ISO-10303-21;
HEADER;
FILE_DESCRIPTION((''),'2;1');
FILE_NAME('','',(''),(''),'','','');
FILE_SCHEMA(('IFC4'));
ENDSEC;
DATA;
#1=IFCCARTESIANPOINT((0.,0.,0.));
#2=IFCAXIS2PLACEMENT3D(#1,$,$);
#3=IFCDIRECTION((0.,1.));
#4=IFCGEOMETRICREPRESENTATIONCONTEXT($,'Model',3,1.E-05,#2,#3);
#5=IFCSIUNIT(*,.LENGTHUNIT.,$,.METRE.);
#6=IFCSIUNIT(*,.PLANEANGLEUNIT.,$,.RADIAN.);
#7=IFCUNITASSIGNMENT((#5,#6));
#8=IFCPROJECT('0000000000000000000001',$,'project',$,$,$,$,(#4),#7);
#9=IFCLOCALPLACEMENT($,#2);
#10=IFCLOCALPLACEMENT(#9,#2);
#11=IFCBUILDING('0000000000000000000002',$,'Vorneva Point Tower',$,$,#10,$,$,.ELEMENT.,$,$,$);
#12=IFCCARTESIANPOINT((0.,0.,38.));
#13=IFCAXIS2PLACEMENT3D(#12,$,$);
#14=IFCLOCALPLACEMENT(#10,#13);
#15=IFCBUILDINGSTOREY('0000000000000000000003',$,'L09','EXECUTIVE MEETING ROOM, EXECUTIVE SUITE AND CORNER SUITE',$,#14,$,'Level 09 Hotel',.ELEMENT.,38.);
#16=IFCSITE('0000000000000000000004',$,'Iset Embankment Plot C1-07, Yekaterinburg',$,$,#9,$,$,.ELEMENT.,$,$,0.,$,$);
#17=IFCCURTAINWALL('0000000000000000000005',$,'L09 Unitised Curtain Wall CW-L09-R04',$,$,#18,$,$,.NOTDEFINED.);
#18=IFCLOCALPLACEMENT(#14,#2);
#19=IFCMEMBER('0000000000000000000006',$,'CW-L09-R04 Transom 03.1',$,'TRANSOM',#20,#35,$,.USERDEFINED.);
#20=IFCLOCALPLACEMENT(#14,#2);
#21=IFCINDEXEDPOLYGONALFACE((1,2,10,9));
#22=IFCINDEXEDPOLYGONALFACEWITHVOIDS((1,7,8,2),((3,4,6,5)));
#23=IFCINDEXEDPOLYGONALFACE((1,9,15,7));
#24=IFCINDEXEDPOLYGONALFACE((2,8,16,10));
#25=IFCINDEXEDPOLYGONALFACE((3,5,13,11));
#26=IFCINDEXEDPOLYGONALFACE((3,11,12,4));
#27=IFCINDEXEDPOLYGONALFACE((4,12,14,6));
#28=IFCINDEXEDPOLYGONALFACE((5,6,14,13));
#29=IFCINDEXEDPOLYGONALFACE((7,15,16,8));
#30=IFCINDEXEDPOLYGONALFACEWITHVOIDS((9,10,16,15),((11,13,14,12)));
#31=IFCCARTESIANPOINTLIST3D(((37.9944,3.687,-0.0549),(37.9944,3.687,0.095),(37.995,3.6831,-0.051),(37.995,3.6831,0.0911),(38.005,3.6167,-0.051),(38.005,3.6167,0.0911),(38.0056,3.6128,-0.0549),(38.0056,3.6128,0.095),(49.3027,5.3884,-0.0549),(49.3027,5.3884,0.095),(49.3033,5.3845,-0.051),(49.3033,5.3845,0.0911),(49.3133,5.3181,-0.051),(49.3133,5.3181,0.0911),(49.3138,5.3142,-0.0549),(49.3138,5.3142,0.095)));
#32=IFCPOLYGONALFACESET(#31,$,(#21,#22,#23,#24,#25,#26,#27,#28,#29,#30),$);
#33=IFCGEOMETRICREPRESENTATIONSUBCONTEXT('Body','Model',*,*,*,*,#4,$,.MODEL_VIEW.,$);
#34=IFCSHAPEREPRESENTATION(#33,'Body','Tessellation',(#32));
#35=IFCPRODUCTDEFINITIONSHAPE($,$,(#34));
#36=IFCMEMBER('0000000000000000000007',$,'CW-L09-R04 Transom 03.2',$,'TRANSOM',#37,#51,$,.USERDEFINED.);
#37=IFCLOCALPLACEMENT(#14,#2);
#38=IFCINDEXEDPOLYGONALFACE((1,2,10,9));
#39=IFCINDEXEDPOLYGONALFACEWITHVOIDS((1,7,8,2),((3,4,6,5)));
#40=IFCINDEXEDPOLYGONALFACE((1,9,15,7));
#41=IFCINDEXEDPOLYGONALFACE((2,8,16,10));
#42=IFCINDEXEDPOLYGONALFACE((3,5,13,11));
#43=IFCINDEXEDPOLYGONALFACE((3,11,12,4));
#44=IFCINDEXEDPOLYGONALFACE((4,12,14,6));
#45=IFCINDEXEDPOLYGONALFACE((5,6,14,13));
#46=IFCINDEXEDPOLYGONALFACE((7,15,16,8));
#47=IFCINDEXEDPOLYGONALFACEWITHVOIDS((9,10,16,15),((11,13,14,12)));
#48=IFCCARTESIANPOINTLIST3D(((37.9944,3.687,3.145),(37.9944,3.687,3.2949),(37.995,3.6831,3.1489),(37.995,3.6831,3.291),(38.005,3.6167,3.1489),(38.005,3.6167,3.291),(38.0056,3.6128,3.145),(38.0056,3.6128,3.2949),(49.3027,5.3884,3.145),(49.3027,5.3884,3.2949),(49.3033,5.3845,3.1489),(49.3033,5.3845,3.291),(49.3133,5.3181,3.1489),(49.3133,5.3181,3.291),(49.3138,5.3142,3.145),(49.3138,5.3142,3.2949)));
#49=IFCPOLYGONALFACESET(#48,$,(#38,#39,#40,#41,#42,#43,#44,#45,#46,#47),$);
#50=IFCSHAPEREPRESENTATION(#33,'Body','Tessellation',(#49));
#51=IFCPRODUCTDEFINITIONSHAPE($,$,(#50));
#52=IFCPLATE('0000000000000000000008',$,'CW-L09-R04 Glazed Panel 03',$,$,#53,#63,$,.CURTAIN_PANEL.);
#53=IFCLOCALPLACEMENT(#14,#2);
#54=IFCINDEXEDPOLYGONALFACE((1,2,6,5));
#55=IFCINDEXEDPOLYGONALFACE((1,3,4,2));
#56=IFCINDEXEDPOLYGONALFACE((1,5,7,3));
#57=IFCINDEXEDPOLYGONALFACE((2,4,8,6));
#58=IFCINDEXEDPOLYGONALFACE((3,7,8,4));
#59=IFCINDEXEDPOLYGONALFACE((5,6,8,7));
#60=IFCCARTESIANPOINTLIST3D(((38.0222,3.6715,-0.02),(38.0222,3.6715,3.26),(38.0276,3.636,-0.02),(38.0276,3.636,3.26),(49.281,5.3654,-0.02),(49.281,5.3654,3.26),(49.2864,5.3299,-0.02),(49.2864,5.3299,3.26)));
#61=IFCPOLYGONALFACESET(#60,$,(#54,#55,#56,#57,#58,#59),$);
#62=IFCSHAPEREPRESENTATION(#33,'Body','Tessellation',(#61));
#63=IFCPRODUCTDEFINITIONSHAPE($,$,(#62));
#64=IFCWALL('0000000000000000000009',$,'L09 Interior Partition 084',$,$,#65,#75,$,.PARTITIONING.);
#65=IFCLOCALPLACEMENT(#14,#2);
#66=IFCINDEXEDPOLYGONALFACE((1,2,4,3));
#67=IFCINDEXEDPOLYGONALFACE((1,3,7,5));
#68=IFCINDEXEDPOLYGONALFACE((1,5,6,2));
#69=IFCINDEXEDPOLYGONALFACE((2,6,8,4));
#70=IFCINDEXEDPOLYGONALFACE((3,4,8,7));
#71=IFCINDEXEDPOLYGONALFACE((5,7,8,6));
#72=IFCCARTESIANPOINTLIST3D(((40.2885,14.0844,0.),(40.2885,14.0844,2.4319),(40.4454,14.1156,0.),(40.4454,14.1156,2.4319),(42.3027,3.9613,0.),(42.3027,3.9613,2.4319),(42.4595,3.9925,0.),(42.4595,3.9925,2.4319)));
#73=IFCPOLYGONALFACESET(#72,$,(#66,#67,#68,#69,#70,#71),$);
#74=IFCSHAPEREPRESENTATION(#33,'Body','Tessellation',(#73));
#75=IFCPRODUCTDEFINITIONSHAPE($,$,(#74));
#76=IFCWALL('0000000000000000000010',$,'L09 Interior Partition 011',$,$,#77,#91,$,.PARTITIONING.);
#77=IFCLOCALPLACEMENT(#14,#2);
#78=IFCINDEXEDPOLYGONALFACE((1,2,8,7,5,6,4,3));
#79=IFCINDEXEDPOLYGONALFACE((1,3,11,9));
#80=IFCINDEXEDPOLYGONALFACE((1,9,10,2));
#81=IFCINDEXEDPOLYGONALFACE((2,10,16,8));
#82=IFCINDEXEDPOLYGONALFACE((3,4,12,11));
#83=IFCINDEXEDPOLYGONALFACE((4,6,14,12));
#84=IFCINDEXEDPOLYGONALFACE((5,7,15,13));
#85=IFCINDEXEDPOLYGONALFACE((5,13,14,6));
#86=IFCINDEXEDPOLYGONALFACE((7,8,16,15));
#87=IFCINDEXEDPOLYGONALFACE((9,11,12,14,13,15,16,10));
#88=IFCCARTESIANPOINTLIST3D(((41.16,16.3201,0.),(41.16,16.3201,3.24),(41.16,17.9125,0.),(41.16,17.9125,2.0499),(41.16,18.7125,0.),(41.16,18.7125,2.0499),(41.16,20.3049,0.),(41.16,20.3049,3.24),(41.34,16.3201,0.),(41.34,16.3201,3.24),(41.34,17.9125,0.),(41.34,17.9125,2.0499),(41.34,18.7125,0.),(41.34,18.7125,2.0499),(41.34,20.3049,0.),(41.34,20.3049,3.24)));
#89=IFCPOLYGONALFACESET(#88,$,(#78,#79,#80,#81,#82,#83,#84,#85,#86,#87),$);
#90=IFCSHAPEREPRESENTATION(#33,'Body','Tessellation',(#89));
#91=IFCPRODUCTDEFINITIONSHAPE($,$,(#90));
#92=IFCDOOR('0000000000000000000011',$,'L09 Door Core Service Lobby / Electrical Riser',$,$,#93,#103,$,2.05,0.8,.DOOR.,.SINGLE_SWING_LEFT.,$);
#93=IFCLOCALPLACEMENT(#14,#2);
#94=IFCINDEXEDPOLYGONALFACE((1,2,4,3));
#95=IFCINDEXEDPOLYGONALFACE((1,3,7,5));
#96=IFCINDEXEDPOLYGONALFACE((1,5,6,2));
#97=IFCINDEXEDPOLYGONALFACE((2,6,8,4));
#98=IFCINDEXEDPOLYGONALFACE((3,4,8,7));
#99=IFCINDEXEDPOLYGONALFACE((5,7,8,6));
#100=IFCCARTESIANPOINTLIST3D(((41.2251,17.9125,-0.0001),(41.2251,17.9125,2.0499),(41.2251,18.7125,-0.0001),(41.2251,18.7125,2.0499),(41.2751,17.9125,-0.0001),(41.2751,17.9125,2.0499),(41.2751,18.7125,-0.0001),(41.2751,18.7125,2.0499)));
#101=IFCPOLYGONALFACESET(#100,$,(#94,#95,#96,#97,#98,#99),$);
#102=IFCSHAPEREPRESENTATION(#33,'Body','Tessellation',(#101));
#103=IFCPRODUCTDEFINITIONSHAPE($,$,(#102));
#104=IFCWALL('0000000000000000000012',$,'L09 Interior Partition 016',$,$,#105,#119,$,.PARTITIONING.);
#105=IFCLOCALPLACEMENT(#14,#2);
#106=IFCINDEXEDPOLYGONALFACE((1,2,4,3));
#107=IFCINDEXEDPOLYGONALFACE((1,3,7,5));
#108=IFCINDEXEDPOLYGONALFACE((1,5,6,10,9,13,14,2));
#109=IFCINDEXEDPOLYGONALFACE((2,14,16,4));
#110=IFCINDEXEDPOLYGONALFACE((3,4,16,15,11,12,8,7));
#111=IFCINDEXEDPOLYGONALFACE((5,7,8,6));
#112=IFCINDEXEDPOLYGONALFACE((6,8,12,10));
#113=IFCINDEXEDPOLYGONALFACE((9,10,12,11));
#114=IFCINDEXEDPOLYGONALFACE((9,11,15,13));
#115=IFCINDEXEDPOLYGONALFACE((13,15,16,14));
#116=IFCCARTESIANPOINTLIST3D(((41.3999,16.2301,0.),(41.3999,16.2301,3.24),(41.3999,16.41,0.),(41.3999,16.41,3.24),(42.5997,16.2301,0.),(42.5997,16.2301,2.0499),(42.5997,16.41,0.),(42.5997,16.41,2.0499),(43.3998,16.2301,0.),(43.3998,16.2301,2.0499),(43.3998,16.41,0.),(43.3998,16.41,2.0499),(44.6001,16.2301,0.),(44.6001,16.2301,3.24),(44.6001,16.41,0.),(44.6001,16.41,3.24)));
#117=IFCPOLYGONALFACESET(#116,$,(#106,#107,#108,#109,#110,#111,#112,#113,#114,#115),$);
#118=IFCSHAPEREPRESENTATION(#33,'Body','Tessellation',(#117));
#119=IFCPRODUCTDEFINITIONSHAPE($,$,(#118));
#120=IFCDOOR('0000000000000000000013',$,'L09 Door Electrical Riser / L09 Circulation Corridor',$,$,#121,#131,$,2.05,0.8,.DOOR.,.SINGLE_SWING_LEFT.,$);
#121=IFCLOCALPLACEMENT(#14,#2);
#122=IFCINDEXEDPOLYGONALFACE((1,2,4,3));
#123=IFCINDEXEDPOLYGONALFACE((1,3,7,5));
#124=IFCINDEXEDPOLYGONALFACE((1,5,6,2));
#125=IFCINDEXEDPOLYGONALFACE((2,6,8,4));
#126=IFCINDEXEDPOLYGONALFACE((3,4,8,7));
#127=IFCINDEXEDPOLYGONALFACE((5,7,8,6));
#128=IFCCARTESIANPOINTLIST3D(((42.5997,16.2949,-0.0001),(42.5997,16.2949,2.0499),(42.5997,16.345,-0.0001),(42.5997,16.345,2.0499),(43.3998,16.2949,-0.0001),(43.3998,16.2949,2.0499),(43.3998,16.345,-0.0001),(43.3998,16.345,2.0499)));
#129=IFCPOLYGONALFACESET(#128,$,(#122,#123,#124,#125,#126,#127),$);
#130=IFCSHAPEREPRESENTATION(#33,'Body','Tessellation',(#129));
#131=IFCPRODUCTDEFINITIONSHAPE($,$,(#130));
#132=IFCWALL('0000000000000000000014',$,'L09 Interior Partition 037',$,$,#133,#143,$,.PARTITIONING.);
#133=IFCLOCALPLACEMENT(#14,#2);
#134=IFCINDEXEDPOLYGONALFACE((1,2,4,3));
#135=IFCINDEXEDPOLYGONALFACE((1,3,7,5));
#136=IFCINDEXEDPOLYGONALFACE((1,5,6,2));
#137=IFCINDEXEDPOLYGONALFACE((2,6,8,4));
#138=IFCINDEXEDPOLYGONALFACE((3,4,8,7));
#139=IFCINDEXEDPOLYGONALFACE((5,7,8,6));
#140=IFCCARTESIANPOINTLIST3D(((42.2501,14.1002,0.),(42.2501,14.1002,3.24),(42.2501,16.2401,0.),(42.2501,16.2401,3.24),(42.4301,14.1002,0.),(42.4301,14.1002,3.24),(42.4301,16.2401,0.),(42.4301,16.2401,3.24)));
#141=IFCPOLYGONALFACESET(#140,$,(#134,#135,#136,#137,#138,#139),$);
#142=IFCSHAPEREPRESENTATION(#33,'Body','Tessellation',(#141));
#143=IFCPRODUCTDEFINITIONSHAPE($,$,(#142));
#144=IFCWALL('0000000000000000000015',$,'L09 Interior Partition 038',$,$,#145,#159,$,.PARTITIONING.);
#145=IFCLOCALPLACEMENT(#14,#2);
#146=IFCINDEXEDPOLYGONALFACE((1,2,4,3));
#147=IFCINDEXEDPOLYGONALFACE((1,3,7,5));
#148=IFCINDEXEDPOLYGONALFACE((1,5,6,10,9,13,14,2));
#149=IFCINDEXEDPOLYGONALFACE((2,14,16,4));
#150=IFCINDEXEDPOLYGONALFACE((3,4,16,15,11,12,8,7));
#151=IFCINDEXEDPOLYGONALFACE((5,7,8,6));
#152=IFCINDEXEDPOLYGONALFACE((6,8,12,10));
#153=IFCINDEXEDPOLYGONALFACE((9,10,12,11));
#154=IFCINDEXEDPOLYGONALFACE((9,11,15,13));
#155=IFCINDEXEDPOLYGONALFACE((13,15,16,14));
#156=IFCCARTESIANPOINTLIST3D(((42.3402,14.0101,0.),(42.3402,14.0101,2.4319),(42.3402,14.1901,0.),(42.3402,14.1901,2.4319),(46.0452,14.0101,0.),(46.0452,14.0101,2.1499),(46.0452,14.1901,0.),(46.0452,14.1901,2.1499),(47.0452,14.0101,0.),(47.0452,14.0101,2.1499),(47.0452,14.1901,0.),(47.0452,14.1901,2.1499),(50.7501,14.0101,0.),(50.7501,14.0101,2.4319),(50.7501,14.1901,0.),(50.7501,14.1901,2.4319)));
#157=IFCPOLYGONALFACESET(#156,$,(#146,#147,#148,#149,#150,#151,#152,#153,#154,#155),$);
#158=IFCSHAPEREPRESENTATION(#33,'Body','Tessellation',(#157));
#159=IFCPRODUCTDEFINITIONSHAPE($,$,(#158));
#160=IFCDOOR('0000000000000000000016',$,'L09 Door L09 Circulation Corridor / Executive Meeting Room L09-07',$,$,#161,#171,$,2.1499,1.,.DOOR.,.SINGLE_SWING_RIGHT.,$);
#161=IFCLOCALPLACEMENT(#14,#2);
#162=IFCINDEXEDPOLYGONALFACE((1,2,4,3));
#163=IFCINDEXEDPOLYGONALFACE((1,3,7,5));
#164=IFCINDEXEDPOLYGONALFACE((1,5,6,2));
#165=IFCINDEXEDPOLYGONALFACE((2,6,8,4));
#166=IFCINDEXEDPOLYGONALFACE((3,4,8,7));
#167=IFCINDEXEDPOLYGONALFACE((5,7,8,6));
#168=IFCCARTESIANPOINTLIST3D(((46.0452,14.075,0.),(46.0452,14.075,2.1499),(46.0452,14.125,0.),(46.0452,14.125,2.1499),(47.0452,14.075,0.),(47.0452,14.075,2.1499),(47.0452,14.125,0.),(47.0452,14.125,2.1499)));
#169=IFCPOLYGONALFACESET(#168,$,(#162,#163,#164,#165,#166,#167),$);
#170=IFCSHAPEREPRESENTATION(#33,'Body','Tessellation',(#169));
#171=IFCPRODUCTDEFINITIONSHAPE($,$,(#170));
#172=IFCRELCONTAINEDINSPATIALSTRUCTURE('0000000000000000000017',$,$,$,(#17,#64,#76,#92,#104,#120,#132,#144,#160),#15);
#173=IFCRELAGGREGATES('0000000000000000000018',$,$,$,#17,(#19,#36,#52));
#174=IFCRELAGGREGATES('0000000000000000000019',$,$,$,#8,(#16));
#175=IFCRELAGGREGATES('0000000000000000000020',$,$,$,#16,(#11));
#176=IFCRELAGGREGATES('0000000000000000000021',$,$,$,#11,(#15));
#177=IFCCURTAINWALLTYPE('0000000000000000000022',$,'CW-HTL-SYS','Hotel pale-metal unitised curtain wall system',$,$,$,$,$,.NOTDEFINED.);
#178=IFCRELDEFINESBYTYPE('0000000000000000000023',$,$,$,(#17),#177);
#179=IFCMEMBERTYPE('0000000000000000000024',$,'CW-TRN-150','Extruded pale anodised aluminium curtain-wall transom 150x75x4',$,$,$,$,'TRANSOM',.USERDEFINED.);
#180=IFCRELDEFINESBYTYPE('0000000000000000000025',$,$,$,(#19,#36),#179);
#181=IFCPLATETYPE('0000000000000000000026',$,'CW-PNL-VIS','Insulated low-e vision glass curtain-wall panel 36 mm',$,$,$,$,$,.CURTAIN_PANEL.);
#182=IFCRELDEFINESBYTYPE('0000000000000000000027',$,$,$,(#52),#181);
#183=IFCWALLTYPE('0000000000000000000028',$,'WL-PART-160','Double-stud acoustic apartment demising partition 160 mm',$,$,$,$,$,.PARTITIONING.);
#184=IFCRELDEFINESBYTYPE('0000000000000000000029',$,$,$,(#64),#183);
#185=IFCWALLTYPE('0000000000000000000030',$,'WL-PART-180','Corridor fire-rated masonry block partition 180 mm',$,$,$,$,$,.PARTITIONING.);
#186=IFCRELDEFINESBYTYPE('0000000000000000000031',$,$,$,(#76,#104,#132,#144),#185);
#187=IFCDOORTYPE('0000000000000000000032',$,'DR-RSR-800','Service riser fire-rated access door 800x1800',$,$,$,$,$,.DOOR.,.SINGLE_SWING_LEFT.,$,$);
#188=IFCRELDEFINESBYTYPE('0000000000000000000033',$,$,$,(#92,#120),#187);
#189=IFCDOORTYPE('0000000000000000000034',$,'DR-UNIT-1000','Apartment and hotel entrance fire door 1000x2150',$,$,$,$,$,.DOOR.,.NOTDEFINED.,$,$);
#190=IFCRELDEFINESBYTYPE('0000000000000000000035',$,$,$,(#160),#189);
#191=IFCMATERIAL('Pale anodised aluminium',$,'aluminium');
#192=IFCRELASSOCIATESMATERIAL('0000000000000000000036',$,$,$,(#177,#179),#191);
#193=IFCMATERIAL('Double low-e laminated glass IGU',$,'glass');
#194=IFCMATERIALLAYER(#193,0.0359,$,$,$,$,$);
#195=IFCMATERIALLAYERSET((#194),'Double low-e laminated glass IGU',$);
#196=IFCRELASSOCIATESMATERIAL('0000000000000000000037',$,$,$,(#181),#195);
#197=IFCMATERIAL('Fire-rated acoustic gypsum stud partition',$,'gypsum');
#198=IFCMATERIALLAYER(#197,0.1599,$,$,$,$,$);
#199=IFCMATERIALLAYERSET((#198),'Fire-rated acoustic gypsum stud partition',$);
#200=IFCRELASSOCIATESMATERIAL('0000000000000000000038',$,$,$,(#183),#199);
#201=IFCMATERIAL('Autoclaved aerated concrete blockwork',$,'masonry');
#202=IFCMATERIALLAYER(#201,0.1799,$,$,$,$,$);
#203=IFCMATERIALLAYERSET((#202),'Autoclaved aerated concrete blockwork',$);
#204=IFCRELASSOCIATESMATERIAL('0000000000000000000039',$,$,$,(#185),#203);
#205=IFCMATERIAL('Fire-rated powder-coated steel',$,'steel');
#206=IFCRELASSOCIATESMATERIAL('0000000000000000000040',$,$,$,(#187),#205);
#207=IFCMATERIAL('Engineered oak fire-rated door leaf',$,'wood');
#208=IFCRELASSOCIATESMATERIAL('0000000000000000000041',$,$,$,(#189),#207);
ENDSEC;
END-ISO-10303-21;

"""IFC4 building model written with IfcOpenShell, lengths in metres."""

from ifc_helpers import new_model, si_unit, direction, frame, frame_2d, origin, origin_2d, place, context, subcontext, project, spatial, rectangle, hollow_rectangle, extrude, material, layer, layer_set, material_profile, profile_set, type_object, element, fill, aggregate, save


model = new_model("IFC4")

# Units and contexts
model_context = context("Model", 3, precision=1e-05, world=origin(), true_north=direction((0.0, 1.0)))
body_context = subcontext(model_context, "Body", "Model", "MODEL_VIEW")
ifc_project = project(units=[si_unit("LENGTHUNIT", "METRE"), si_unit("PLANEANGLEUNIT", "RADIAN")], contexts=[model_context])

# Site, building, storey
site_placement = place(None, origin())
site = spatial("IfcSite", under=ifc_project, at=site_placement, Name="Iset Embankment Plot C1-07, Yekaterinburg", CompositionType="ELEMENT", RefElevation=0.0)
building_placement = place(site_placement, origin())
building = spatial("IfcBuilding", under=site, at=building_placement, Name="Vorneva Point Tower", CompositionType="ELEMENT")
storey_placement = place(building_placement, frame((0.0, 0.0, 38.0)))
storey = spatial("IfcBuildingStorey", under=building, at=storey_placement, Name="L09", Description="EXECUTIVE MEETING ROOM, EXECUTIVE SUITE AND CORNER SUITE", LongName="Level 09 Hotel", CompositionType="ELEMENT", Elevation=38.0)

# Curtain wall, members, plate
ifc_material_1 = material(Name="Pale anodised aluminium", Category="aluminium")
curtain_wall_type = type_object("IfcCurtainWallType", Name="CW-HTL-SYS", Description="Hotel pale-metal unitised curtain wall system", PredefinedType="NOTDEFINED", material=ifc_material_1)
curtain_wall_placement = place(storey_placement, origin())
curtain_wall = element("IfcCurtainWall", 1, at=curtain_wall_placement, inside=storey, type_object=curtain_wall_type, Name="L09 Unitised Curtain Wall CW-L09-R04", PredefinedType="NOTDEFINED")
ifc_material_profile_1 = material_profile(ifc_material_1, hollow_rectangle(XDim=0.075, YDim=0.1499, WallThickness=0.0039, at=origin_2d()), Name="AL-TRN 150x75x4")
ifc_profile_set_1 = profile_set([ifc_material_profile_1], Name="Pale anodised aluminium")
member_type_1 = type_object("IfcMemberType", Name="CW-TRN-150", Description="Extruded pale anodised aluminium curtain-wall transom 150x75x4", ElementType="TRANSOM", PredefinedType="USERDEFINED", material=ifc_profile_set_1)
member_1_placement = place(storey_placement, frame((38.0, 3.6499, 0.02), z_axis=(0.98887, 0.148782, 0.0), x_axis=(-0.148782, 0.98887, 0.0)))
member_1 = element("IfcMember", 2, at=member_1_placement, type_object=member_type_1, Name="CW-L09-R04 Transom 03.1", ObjectType="TRANSOM", PredefinedType="USERDEFINED", context=body_context, shape_type="SweptSolid", body=[
    extrude(hollow_rectangle(XDim=0.075, YDim=0.1499, WallThickness=0.0039, at=origin_2d()), origin(), (0.0, 0.0, 1.0), 11.4355),
])
member_2_placement = place(storey_placement, frame((38.0, 3.6499, 3.22), z_axis=(0.98887, 0.148782, 0.0), x_axis=(-0.148782, 0.98887, 0.0)))
member_2 = element("IfcMember", 3, at=member_2_placement, type_object=member_type_1, Name="CW-L09-R04 Transom 03.2", ObjectType="TRANSOM", PredefinedType="USERDEFINED", context=body_context, shape_type="SweptSolid", body=[
    extrude(hollow_rectangle(XDim=0.075, YDim=0.1499, WallThickness=0.0039, at=origin_2d()), origin(), (0.0, 0.0, 1.0), 11.4355),
])
ifc_material_2 = material(Name="Double low-e laminated glass IGU", Category="glass")
ifc_layer_1 = layer(ifc_material_2, 0.0359)
ifc_layer_set_1 = layer_set([ifc_layer_1], Name="Double low-e laminated glass IGU")
plate_type = type_object("IfcPlateType", Name="CW-PNL-VIS", Description="Insulated low-e vision glass curtain-wall panel 36 mm", PredefinedType="CURTAIN_PANEL", material=ifc_layer_set_1)
plate_placement = place(storey_placement, frame((43.6543, 4.5007, -0.02), z_axis=(0.0, 0.0, 1.0), x_axis=(0.988871, 0.148776, 0.0)))
plate = element("IfcPlate", 4, at=plate_placement, type_object=plate_type, Name="CW-L09-R04 Glazed Panel 03", PredefinedType="CURTAIN_PANEL", context=body_context, shape_type="SweptSolid", body=[
    extrude(rectangle(XDim=11.3855, YDim=0.0359, at=origin_2d()), origin(), (0.0, 0.0, 1.0), 3.28),
])
aggregate(curtain_wall, [member_1, member_2, plate])

# Wall
ifc_material_3 = material(Name="Fire-rated acoustic gypsum stud partition", Category="gypsum")
ifc_layer_2 = layer(ifc_material_3, 0.1599)
ifc_layer_set_2 = layer_set([ifc_layer_2], Name="Fire-rated acoustic gypsum stud partition")
wall_type_1 = type_object("IfcWallType", Name="WL-PART-160", Description="Double-stud acoustic apartment demising partition 160 mm", PredefinedType="PARTITIONING", material=ifc_layer_set_2)
wall_1_placement = place(storey_placement, frame((42.3811, 3.9771, 0.0), z_axis=(0.0, 0.0, 1.0), x_axis=(-0.195143, 0.980775, 0.0)))
element("IfcWall", 5, at=wall_1_placement, inside=storey, type_object=wall_type_1, Name="L09 Interior Partition 084", PredefinedType="PARTITIONING", context=body_context, shape_type="SweptSolid", body=[
    extrude(rectangle(XDim=10.3215, YDim=0.1599, at=frame_2d((5.1606, 0.0))), origin(), (0.0, 0.0, 1.0), 2.4319),
])

# Walls, openings, doors
ifc_material_4 = material(Name="Autoclaved aerated concrete blockwork", Category="masonry")
ifc_layer_3 = layer(ifc_material_4, 0.1799)
ifc_layer_set_3 = layer_set([ifc_layer_3], Name="Autoclaved aerated concrete blockwork")
wall_type_2 = type_object("IfcWallType", Name="WL-PART-180", Description="Corridor fire-rated masonry block partition 180 mm", PredefinedType="PARTITIONING", material=ifc_layer_set_3)
wall_2_placement = place(storey_placement, frame((41.25, 16.3201, 0.0), z_axis=(0.0, 0.0, 1.0), x_axis=(0.0, 1.0, 0.0)))
wall_2 = element("IfcWall", 6, at=wall_2_placement, inside=storey, type_object=wall_type_2, Name="L09 Interior Partition 011", PredefinedType="PARTITIONING", context=body_context, shape_type="SweptSolid", body=[
    extrude(rectangle(XDim=3.9849, YDim=0.1799, at=frame_2d((1.9924, 0.0))), origin(), (0.0, 0.0, 1.0), 3.24),
])
opening_1_placement = place(wall_2_placement, frame((1.5925, 0.0, 0.0)))
opening_1 = element("IfcOpeningElement", 7, at=opening_1_placement, cuts=wall_2, PredefinedType="OPENING", context=body_context, shape_type="SweptSolid", body=[
    extrude(rectangle(XDim=0.8, YDim=2.05, at=frame_2d((0.3999, 1.0249))), frame((0.0, 0.105, 0.0), z_axis=(0.0, -1.0, 0.0), x_axis=(1.0, 0.0, 0.0)), (0.0, 0.0, 1.0), 0.2097),
])
ifc_material_5 = material(Name="Fire-rated powder-coated steel", Category="steel")
door_type_1 = type_object("IfcDoorType", Name="DR-RSR-800", Description="Service riser fire-rated access door 800x1800", OperationType="SINGLE_SWING_LEFT", PredefinedType="DOOR", material=ifc_material_5)
door_1_placement = place(opening_1_placement, origin())
door_1 = element("IfcDoor", 8, at=door_1_placement, inside=storey, type_object=door_type_1, Name="L09 Door Core Service Lobby / Electrical Riser", OperationType="SINGLE_SWING_LEFT", OverallHeight=2.05, OverallWidth=0.8, PredefinedType="DOOR", context=body_context, shape_type="SweptSolid", body=[
    extrude(rectangle(XDim=0.8, YDim=2.05, at=frame_2d((0.3999, 1.0249))), frame((0.0, 0.0249, 0.0), z_axis=(0.0, -1.0, 0.0), x_axis=(1.0, 0.0, 0.0)), (0.0, 0.0, 1.0), 0.05),
])
fill(opening_1, door_1)
wall_3_placement = place(storey_placement, frame((41.3999, 16.3201, 0.0), z_axis=(0.0, 0.0, 1.0), x_axis=(1.0, 0.0, 0.0)))
wall_3 = element("IfcWall", 9, at=wall_3_placement, inside=storey, type_object=wall_type_2, Name="L09 Interior Partition 016", PredefinedType="PARTITIONING", context=body_context, shape_type="SweptSolid", body=[
    extrude(rectangle(XDim=3.2002, YDim=0.1799, at=frame_2d((1.6001, 0.0))), origin(), (0.0, 0.0, 1.0), 3.24),
])
opening_2_placement = place(wall_3_placement, frame((1.2, 0.0, 0.0)))
opening_2 = element("IfcOpeningElement", 10, at=opening_2_placement, cuts=wall_3, PredefinedType="OPENING", context=body_context, shape_type="SweptSolid", body=[
    extrude(rectangle(XDim=0.8, YDim=2.05, at=frame_2d((0.3999, 1.0249))), frame((0.0, 0.105, 0.0), z_axis=(0.0, -1.0, 0.0), x_axis=(1.0, 0.0, 0.0)), (0.0, 0.0, 1.0), 0.2097),
])
door_2_placement = place(opening_2_placement, origin())
door_2 = element("IfcDoor", 11, at=door_2_placement, inside=storey, type_object=door_type_1, Name="L09 Door Electrical Riser / L09 Circulation Corridor", OperationType="SINGLE_SWING_LEFT", OverallHeight=2.05, OverallWidth=0.8, PredefinedType="DOOR", context=body_context, shape_type="SweptSolid", body=[
    extrude(rectangle(XDim=0.8, YDim=2.05, at=frame_2d((0.3999, 1.0249))), frame((0.0, 0.0249, 0.0), z_axis=(0.0, -1.0, 0.0), x_axis=(1.0, 0.0, 0.0)), (0.0, 0.0, 1.0), 0.05),
])
fill(opening_2, door_2)

# Wall
wall_4_placement = place(storey_placement, frame((42.3401, 16.24, 0.0), z_axis=(0.0, 0.0, 1.0), x_axis=(0.0, -1.0, 0.0)))
element("IfcWall", 12, at=wall_4_placement, inside=storey, type_object=wall_type_2, Name="L09 Interior Partition 037", PredefinedType="PARTITIONING", context=body_context, shape_type="SweptSolid", body=[
    extrude(rectangle(XDim=2.1399, YDim=0.1799, at=frame_2d((1.0698, 0.0))), origin(), (0.0, 0.0, 1.0), 3.24),
])

# Wall, opening, door
wall_5_placement = place(storey_placement, frame((42.3401, 14.1001, 0.0), z_axis=(0.0, 0.0, 1.0), x_axis=(1.0, 0.0, 0.0)))
wall_5 = element("IfcWall", 13, at=wall_5_placement, inside=storey, type_object=wall_type_2, Name="L09 Interior Partition 038", PredefinedType="PARTITIONING", context=body_context, shape_type="SweptSolid", body=[
    extrude(rectangle(XDim=8.4099, YDim=0.1799, at=frame_2d((4.2051, 0.0))), origin(), (0.0, 0.0, 1.0), 2.4319),
])
opening_3_placement = place(wall_5_placement, frame((3.7051, 0.0, 0.0)))
opening_3 = element("IfcOpeningElement", 14, at=opening_3_placement, cuts=wall_5, PredefinedType="OPENING", context=body_context, shape_type="SweptSolid", body=[
    extrude(rectangle(XDim=1.0, YDim=2.1499, at=frame_2d((0.5, 1.075))), frame((0.0, 0.105, 0.0), z_axis=(0.0, -1.0, 0.0), x_axis=(1.0, 0.0, 0.0)), (0.0, 0.0, 1.0), 0.2097),
])
ifc_material_6 = material(Name="Engineered oak fire-rated door leaf", Category="wood")
door_type_2 = type_object("IfcDoorType", Name="DR-UNIT-1000", Description="Apartment and hotel entrance fire door 1000x2150", OperationType="NOTDEFINED", PredefinedType="DOOR", material=ifc_material_6)
door_3_placement = place(opening_3_placement, origin())
door_3 = element("IfcDoor", 15, at=door_3_placement, inside=storey, type_object=door_type_2, Name="L09 Door L09 Circulation Corridor / Executive Meeting Room L09-07", OperationType="SINGLE_SWING_RIGHT", OverallHeight=2.1499, OverallWidth=1.0, PredefinedType="DOOR", context=body_context, shape_type="SweptSolid", body=[
    extrude(rectangle(XDim=1.0, YDim=2.1499, at=frame_2d((0.5, 1.075))), frame((0.0, 0.0249, 0.0), z_axis=(0.0, -1.0, 0.0), x_axis=(1.0, 0.0, 0.0)), (0.0, 0.0, 1.0), 0.05),
])
fill(opening_3, door_3)

save(model, "model.ifc")
